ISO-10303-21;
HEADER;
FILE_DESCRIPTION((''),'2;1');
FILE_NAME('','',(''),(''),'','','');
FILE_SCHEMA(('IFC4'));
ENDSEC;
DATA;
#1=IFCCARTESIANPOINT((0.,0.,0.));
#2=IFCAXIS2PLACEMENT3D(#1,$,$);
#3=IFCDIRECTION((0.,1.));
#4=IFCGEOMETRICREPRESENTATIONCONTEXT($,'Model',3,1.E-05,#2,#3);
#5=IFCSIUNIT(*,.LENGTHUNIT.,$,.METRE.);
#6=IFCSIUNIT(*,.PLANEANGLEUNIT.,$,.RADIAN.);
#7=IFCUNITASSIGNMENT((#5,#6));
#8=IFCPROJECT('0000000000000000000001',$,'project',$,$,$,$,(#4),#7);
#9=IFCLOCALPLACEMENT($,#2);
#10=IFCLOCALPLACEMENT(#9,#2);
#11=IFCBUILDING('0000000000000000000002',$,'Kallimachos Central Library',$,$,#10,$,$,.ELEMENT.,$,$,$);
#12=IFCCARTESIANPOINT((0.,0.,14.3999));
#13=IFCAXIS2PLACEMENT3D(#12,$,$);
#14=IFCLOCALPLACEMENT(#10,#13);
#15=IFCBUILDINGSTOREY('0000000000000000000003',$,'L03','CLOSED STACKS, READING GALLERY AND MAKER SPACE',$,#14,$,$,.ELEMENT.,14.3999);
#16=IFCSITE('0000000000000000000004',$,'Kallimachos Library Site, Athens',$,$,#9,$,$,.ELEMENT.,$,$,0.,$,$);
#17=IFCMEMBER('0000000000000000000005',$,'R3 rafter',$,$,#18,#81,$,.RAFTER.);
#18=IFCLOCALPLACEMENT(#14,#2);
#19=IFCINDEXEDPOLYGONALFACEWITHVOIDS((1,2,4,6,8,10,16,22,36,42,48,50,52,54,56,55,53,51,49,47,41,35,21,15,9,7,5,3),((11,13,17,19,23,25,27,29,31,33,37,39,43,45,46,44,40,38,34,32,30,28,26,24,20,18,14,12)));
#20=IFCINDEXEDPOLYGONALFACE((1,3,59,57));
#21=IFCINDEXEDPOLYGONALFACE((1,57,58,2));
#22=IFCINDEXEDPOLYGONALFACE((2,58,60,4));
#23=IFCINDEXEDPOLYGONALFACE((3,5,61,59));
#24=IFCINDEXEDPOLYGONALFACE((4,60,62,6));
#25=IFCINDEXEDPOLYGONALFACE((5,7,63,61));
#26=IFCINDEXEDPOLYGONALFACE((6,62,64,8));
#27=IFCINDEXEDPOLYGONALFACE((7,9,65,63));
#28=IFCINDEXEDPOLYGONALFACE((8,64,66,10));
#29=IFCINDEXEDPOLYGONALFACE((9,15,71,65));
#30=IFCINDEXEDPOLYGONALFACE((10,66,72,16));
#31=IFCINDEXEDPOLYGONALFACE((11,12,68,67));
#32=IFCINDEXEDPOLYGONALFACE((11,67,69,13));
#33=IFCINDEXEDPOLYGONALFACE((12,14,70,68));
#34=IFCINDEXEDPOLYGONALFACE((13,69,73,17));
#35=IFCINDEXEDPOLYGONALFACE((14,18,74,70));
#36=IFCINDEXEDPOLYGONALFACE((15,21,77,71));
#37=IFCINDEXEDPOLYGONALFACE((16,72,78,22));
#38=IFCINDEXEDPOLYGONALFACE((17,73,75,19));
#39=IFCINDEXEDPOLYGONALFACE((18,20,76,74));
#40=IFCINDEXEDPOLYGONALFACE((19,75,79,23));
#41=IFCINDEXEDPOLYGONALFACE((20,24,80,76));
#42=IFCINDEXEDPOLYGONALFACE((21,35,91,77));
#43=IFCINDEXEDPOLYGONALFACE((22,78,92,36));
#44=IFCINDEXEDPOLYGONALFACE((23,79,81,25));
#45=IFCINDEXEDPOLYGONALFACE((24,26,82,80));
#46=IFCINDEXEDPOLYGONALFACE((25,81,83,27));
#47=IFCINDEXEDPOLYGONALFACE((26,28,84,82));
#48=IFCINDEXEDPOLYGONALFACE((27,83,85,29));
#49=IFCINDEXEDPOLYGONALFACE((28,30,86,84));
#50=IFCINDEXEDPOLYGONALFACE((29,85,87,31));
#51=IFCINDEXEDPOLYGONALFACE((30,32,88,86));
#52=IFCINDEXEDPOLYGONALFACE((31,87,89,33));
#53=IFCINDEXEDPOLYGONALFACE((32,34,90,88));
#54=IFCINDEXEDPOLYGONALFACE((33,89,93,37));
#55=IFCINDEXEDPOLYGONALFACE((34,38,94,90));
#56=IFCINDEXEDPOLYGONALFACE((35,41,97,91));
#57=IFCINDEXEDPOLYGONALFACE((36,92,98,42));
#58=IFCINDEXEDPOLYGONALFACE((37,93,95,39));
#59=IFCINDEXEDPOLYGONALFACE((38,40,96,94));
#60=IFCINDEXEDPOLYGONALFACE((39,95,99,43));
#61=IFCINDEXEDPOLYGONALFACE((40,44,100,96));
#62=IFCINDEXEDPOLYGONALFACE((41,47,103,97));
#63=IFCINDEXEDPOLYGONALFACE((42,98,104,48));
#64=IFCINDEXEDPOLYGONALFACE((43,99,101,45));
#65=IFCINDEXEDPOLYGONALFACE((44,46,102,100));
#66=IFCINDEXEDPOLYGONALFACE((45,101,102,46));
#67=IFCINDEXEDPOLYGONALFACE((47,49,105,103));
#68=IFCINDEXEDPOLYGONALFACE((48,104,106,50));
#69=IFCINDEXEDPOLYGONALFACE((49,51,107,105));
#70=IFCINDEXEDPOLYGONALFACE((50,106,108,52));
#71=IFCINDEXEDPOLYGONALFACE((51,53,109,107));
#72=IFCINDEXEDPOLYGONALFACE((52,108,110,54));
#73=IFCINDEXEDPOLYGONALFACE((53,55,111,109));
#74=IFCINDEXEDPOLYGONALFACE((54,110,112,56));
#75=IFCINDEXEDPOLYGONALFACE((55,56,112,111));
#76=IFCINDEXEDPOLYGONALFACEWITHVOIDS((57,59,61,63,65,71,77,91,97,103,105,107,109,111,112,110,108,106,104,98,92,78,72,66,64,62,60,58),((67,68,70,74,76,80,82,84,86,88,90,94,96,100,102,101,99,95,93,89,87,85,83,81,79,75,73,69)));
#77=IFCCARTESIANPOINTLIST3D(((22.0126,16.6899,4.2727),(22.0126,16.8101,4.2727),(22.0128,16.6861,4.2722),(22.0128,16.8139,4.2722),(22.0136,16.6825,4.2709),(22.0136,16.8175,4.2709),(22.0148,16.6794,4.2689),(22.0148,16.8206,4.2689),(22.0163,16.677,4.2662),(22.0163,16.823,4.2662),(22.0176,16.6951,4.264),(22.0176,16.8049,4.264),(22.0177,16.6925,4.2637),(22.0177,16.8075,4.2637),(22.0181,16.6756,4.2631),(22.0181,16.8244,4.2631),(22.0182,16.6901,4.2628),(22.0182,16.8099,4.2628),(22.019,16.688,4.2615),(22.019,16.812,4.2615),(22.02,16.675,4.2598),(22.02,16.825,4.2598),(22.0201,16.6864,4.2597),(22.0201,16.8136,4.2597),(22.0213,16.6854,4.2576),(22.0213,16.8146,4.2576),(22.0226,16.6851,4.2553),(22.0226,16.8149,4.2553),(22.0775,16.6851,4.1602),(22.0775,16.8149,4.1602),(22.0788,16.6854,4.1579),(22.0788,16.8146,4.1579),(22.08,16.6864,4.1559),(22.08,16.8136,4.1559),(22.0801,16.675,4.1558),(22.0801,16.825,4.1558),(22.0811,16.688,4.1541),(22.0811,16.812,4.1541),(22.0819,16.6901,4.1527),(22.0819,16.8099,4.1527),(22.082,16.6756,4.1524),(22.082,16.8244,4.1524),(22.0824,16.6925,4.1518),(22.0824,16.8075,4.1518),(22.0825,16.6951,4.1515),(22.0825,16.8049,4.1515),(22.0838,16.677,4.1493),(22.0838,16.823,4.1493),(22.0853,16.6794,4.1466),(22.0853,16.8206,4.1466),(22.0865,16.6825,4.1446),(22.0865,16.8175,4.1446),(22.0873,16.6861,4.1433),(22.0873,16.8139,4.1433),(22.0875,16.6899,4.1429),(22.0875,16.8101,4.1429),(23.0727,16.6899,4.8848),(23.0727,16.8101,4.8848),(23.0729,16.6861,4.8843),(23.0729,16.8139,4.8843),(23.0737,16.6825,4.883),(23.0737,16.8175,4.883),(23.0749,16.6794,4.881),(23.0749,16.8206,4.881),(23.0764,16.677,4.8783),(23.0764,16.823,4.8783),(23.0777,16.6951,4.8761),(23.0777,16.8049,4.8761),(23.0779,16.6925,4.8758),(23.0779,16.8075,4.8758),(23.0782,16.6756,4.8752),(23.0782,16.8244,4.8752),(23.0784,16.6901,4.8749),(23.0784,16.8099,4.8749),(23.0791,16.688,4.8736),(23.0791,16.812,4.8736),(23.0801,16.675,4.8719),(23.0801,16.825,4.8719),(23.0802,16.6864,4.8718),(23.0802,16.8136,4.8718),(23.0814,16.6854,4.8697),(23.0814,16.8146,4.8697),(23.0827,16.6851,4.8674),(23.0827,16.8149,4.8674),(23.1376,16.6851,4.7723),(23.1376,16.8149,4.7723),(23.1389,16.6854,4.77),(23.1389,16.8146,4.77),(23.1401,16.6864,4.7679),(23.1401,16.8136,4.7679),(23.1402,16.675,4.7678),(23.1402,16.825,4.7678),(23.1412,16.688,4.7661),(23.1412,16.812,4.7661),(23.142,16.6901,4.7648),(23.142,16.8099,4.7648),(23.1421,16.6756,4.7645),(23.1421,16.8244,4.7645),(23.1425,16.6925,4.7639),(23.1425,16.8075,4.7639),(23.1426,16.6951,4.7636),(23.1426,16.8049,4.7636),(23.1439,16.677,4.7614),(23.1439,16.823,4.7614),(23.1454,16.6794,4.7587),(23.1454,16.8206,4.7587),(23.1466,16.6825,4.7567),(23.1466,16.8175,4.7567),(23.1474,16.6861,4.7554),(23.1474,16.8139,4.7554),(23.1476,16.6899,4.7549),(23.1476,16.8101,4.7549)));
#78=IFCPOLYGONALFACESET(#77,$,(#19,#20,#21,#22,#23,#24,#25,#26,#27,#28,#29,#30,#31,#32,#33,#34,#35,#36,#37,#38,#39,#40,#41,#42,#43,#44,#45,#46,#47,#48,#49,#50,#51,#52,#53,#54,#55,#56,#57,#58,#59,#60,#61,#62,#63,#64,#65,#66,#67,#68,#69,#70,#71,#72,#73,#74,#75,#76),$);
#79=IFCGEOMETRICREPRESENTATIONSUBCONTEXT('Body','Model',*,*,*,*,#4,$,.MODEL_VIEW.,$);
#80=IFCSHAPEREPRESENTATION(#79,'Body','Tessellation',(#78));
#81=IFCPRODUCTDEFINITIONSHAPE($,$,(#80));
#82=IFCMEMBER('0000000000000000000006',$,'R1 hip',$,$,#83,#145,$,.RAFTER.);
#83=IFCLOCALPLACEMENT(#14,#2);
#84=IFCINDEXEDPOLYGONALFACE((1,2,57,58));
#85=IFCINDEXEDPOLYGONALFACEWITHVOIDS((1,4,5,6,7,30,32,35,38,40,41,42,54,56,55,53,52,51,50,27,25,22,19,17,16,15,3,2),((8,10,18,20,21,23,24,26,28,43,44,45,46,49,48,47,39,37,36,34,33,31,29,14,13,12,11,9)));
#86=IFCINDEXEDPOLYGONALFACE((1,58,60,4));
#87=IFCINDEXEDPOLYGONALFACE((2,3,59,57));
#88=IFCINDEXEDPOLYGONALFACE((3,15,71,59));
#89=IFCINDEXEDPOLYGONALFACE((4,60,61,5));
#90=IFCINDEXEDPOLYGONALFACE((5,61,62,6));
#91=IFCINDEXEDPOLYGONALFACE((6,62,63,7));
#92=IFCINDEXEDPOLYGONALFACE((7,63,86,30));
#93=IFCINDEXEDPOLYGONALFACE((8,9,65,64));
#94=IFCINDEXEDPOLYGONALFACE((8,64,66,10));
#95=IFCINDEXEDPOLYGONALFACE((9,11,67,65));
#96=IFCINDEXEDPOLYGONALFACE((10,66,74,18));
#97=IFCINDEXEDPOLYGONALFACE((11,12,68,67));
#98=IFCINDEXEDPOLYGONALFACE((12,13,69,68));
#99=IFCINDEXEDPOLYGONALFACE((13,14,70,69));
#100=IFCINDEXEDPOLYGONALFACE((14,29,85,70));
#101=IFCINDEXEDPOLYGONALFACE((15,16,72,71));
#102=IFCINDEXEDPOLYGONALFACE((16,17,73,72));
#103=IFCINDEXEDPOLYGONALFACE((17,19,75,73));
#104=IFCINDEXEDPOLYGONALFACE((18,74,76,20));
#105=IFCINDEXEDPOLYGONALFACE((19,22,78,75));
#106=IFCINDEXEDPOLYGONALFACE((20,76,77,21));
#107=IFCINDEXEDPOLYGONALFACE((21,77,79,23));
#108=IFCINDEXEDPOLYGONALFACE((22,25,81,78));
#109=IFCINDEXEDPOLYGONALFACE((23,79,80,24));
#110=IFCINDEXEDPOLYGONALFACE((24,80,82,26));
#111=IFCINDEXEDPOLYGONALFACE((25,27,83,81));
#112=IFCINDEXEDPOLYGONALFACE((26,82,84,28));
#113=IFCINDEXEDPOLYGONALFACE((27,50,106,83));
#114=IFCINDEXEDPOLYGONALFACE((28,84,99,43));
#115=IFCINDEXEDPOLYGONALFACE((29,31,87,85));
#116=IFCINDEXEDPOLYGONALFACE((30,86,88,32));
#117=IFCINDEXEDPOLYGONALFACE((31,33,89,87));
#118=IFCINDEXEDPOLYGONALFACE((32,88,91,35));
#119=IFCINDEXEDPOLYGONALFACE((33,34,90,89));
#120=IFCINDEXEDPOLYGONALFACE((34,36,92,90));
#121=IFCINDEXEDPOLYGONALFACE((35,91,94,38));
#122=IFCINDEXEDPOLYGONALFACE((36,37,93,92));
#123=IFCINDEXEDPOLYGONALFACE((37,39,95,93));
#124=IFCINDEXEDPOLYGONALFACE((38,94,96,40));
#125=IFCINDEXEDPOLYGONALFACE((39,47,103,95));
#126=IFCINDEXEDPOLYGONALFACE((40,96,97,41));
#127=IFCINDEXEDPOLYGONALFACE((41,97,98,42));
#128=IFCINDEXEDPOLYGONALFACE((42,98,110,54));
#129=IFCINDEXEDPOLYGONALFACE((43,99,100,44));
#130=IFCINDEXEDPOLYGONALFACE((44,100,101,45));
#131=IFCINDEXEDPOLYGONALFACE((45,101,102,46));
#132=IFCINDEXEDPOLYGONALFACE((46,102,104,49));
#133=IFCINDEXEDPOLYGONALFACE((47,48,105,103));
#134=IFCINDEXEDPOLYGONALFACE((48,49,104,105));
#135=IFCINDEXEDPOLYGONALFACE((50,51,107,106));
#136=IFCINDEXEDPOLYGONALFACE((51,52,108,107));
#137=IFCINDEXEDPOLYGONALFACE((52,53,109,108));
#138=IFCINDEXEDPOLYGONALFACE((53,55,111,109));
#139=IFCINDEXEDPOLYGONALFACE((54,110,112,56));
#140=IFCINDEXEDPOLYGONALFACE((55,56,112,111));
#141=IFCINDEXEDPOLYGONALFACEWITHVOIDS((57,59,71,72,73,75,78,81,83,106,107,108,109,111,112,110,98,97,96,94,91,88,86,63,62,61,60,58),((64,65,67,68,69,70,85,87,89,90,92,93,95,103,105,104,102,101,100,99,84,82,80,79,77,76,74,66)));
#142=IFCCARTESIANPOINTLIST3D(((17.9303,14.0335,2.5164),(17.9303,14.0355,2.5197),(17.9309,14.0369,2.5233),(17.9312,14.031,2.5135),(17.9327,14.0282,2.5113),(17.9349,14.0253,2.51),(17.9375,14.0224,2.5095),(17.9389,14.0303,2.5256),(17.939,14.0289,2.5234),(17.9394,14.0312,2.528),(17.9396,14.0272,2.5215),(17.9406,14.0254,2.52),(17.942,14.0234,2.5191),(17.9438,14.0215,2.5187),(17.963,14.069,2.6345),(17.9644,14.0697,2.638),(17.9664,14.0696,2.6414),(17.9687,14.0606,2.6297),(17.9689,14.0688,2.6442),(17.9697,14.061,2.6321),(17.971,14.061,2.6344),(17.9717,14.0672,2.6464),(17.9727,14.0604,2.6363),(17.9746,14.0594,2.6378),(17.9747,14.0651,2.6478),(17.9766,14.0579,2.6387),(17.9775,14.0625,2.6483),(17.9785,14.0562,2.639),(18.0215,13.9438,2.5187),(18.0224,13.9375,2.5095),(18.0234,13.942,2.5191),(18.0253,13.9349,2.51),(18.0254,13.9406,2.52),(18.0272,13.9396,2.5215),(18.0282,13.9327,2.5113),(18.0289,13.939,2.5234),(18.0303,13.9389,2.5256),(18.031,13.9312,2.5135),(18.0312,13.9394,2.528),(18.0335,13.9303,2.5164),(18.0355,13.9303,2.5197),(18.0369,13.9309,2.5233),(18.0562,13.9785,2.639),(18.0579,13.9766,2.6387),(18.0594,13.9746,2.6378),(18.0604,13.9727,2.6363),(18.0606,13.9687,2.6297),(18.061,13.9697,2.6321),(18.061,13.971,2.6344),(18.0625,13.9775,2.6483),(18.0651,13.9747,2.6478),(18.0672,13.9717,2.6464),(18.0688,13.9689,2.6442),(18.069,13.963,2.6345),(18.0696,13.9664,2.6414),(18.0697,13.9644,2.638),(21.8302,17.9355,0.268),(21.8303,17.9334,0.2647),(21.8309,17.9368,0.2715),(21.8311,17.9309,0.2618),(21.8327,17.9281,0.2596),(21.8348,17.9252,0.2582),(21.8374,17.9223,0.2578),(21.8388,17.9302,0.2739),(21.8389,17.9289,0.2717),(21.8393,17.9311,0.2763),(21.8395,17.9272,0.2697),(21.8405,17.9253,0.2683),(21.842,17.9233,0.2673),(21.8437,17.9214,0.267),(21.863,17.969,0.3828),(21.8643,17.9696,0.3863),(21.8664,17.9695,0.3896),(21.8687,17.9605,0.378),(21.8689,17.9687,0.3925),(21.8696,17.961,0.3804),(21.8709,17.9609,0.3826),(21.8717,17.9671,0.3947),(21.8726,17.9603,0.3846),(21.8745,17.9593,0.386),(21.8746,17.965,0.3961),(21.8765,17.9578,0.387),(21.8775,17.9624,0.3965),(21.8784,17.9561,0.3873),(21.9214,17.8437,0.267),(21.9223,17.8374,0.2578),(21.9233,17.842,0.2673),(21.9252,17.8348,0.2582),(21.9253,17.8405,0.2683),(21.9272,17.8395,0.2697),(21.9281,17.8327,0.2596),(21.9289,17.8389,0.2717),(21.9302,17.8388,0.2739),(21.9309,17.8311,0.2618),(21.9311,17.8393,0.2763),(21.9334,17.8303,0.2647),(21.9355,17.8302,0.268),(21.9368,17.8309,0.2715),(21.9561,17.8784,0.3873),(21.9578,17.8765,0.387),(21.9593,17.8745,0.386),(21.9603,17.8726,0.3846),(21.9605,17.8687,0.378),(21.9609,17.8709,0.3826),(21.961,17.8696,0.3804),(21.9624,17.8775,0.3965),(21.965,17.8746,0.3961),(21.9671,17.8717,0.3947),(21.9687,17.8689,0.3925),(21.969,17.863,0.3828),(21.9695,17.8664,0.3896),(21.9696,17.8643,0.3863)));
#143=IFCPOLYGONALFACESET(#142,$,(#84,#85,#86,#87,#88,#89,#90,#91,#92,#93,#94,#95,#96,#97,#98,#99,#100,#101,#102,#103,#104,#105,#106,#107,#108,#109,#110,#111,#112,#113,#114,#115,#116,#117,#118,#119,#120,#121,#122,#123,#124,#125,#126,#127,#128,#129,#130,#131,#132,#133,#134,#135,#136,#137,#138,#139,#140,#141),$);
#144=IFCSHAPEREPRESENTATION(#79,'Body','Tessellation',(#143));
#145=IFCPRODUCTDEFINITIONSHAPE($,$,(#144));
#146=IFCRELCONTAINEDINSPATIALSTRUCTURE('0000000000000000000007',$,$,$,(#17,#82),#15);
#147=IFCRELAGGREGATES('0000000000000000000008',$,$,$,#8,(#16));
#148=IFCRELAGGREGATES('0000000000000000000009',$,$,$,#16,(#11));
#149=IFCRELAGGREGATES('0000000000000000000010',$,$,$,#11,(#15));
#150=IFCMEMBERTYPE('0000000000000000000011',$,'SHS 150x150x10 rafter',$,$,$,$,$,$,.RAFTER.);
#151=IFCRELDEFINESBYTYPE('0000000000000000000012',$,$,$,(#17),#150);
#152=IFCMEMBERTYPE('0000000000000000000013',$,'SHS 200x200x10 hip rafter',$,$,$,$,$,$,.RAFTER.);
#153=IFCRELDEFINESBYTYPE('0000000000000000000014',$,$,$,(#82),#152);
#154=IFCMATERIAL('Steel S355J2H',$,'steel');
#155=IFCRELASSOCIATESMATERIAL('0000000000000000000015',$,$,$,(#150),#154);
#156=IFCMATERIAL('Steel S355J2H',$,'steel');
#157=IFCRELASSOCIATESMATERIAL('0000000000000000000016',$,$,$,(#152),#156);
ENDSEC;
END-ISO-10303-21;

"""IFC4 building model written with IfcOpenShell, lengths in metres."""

from ifc_helpers import new_model, si_unit, direction, frame, origin, origin_2d, place, context, subcontext, project, spatial, hollow_rectangle, extrude, material, material_profile, profile_set, type_object, element, save


model = new_model("IFC4")

# Units and contexts
model_context = context("Model", 3, precision=1e-05, world=origin(), true_north=direction((0.0, 1.0)))
body_context = subcontext(model_context, "Body", "Model", "MODEL_VIEW")
ifc_project = project(units=[si_unit("LENGTHUNIT", "METRE"), si_unit("PLANEANGLEUNIT", "RADIAN")], contexts=[model_context])

# Site, building, storey
site_placement = place(None, origin())
site = spatial("IfcSite", under=ifc_project, at=site_placement, Name="Kallimachos Library Site, Athens", CompositionType="ELEMENT", RefElevation=0.0)
building_placement = place(site_placement, origin())
building = spatial("IfcBuilding", under=site, at=building_placement, Name="Kallimachos Central Library", CompositionType="ELEMENT")
storey_placement = place(building_placement, frame((0.0, 0.0, 14.3999)))
storey = spatial("IfcBuildingStorey", under=building, at=storey_placement, Name="L03", Description="CLOSED STACKS, READING GALLERY AND MAKER SPACE", CompositionType="ELEMENT", Elevation=14.3999)

# Members
ifc_material_1 = material(Name="Steel S355J2H", Category="steel")
ifc_material_profile_1 = material_profile(ifc_material_1, hollow_rectangle(XDim=0.1499, YDim=0.1499, WallThickness=0.01, InnerFilletRadius=0.01, OuterFilletRadius=0.0149, at=origin_2d()), Name="SHS 150x150x10")
ifc_profile_set_1 = profile_set([ifc_material_profile_1], Name="Steel S355J2H")
member_type_1 = type_object("IfcMemberType", Name="SHS 150x150x10 rafter", PredefinedType="RAFTER", material=ifc_profile_set_1)
member_1_placement = place(storey_placement, frame((22.05, 16.75, 4.2078), z_axis=(0.866013, 0.0, 0.500022), x_axis=(0.0, 1.0, 0.0)))
element("IfcMember", 1, at=member_1_placement, inside=storey, type_object=member_type_1, Name="R3 rafter", PredefinedType="RAFTER", context=body_context, shape_type="SweptSolid", body=[
    extrude(hollow_rectangle(XDim=0.1499, YDim=0.1499, WallThickness=0.01, InnerFilletRadius=0.01, OuterFilletRadius=0.0149, at=origin_2d()), origin(), (0.0, 0.0, 1.0), 1.2241),
])
ifc_material_2 = material(Name="Steel S355J2H", Category="steel")
ifc_material_profile_2 = material_profile(ifc_material_2, hollow_rectangle(XDim=0.1499, YDim=0.1499, WallThickness=0.01, InnerFilletRadius=0.01, OuterFilletRadius=0.0149, at=origin_2d()), Name="SHS 150x150x10")
ifc_profile_set_2 = profile_set([ifc_material_profile_2], Name="Steel S355J2H")
member_type_2 = type_object("IfcMemberType", Name="SHS 200x200x10 hip rafter", PredefinedType="RAFTER", material=ifc_profile_set_2)
member_2_placement = place(storey_placement, frame((21.8999, 17.8999, 0.3271), z_axis=(-0.65465, -0.65465, 0.377979), x_axis=(0.707107, -0.707107, 0.0)))
element("IfcMember", 2, at=member_2_placement, inside=storey, type_object=member_type_2, Name="R1 hip", PredefinedType="RAFTER", context=body_context, shape_type="SweptSolid", body=[
    extrude(hollow_rectangle(XDim=0.1499, YDim=0.1499, WallThickness=0.01, InnerFilletRadius=0.01, OuterFilletRadius=0.0149, at=origin_2d()), origin(), (0.0, 0.0, 1.0), 5.9573),
])

save(model, "model.ifc")
